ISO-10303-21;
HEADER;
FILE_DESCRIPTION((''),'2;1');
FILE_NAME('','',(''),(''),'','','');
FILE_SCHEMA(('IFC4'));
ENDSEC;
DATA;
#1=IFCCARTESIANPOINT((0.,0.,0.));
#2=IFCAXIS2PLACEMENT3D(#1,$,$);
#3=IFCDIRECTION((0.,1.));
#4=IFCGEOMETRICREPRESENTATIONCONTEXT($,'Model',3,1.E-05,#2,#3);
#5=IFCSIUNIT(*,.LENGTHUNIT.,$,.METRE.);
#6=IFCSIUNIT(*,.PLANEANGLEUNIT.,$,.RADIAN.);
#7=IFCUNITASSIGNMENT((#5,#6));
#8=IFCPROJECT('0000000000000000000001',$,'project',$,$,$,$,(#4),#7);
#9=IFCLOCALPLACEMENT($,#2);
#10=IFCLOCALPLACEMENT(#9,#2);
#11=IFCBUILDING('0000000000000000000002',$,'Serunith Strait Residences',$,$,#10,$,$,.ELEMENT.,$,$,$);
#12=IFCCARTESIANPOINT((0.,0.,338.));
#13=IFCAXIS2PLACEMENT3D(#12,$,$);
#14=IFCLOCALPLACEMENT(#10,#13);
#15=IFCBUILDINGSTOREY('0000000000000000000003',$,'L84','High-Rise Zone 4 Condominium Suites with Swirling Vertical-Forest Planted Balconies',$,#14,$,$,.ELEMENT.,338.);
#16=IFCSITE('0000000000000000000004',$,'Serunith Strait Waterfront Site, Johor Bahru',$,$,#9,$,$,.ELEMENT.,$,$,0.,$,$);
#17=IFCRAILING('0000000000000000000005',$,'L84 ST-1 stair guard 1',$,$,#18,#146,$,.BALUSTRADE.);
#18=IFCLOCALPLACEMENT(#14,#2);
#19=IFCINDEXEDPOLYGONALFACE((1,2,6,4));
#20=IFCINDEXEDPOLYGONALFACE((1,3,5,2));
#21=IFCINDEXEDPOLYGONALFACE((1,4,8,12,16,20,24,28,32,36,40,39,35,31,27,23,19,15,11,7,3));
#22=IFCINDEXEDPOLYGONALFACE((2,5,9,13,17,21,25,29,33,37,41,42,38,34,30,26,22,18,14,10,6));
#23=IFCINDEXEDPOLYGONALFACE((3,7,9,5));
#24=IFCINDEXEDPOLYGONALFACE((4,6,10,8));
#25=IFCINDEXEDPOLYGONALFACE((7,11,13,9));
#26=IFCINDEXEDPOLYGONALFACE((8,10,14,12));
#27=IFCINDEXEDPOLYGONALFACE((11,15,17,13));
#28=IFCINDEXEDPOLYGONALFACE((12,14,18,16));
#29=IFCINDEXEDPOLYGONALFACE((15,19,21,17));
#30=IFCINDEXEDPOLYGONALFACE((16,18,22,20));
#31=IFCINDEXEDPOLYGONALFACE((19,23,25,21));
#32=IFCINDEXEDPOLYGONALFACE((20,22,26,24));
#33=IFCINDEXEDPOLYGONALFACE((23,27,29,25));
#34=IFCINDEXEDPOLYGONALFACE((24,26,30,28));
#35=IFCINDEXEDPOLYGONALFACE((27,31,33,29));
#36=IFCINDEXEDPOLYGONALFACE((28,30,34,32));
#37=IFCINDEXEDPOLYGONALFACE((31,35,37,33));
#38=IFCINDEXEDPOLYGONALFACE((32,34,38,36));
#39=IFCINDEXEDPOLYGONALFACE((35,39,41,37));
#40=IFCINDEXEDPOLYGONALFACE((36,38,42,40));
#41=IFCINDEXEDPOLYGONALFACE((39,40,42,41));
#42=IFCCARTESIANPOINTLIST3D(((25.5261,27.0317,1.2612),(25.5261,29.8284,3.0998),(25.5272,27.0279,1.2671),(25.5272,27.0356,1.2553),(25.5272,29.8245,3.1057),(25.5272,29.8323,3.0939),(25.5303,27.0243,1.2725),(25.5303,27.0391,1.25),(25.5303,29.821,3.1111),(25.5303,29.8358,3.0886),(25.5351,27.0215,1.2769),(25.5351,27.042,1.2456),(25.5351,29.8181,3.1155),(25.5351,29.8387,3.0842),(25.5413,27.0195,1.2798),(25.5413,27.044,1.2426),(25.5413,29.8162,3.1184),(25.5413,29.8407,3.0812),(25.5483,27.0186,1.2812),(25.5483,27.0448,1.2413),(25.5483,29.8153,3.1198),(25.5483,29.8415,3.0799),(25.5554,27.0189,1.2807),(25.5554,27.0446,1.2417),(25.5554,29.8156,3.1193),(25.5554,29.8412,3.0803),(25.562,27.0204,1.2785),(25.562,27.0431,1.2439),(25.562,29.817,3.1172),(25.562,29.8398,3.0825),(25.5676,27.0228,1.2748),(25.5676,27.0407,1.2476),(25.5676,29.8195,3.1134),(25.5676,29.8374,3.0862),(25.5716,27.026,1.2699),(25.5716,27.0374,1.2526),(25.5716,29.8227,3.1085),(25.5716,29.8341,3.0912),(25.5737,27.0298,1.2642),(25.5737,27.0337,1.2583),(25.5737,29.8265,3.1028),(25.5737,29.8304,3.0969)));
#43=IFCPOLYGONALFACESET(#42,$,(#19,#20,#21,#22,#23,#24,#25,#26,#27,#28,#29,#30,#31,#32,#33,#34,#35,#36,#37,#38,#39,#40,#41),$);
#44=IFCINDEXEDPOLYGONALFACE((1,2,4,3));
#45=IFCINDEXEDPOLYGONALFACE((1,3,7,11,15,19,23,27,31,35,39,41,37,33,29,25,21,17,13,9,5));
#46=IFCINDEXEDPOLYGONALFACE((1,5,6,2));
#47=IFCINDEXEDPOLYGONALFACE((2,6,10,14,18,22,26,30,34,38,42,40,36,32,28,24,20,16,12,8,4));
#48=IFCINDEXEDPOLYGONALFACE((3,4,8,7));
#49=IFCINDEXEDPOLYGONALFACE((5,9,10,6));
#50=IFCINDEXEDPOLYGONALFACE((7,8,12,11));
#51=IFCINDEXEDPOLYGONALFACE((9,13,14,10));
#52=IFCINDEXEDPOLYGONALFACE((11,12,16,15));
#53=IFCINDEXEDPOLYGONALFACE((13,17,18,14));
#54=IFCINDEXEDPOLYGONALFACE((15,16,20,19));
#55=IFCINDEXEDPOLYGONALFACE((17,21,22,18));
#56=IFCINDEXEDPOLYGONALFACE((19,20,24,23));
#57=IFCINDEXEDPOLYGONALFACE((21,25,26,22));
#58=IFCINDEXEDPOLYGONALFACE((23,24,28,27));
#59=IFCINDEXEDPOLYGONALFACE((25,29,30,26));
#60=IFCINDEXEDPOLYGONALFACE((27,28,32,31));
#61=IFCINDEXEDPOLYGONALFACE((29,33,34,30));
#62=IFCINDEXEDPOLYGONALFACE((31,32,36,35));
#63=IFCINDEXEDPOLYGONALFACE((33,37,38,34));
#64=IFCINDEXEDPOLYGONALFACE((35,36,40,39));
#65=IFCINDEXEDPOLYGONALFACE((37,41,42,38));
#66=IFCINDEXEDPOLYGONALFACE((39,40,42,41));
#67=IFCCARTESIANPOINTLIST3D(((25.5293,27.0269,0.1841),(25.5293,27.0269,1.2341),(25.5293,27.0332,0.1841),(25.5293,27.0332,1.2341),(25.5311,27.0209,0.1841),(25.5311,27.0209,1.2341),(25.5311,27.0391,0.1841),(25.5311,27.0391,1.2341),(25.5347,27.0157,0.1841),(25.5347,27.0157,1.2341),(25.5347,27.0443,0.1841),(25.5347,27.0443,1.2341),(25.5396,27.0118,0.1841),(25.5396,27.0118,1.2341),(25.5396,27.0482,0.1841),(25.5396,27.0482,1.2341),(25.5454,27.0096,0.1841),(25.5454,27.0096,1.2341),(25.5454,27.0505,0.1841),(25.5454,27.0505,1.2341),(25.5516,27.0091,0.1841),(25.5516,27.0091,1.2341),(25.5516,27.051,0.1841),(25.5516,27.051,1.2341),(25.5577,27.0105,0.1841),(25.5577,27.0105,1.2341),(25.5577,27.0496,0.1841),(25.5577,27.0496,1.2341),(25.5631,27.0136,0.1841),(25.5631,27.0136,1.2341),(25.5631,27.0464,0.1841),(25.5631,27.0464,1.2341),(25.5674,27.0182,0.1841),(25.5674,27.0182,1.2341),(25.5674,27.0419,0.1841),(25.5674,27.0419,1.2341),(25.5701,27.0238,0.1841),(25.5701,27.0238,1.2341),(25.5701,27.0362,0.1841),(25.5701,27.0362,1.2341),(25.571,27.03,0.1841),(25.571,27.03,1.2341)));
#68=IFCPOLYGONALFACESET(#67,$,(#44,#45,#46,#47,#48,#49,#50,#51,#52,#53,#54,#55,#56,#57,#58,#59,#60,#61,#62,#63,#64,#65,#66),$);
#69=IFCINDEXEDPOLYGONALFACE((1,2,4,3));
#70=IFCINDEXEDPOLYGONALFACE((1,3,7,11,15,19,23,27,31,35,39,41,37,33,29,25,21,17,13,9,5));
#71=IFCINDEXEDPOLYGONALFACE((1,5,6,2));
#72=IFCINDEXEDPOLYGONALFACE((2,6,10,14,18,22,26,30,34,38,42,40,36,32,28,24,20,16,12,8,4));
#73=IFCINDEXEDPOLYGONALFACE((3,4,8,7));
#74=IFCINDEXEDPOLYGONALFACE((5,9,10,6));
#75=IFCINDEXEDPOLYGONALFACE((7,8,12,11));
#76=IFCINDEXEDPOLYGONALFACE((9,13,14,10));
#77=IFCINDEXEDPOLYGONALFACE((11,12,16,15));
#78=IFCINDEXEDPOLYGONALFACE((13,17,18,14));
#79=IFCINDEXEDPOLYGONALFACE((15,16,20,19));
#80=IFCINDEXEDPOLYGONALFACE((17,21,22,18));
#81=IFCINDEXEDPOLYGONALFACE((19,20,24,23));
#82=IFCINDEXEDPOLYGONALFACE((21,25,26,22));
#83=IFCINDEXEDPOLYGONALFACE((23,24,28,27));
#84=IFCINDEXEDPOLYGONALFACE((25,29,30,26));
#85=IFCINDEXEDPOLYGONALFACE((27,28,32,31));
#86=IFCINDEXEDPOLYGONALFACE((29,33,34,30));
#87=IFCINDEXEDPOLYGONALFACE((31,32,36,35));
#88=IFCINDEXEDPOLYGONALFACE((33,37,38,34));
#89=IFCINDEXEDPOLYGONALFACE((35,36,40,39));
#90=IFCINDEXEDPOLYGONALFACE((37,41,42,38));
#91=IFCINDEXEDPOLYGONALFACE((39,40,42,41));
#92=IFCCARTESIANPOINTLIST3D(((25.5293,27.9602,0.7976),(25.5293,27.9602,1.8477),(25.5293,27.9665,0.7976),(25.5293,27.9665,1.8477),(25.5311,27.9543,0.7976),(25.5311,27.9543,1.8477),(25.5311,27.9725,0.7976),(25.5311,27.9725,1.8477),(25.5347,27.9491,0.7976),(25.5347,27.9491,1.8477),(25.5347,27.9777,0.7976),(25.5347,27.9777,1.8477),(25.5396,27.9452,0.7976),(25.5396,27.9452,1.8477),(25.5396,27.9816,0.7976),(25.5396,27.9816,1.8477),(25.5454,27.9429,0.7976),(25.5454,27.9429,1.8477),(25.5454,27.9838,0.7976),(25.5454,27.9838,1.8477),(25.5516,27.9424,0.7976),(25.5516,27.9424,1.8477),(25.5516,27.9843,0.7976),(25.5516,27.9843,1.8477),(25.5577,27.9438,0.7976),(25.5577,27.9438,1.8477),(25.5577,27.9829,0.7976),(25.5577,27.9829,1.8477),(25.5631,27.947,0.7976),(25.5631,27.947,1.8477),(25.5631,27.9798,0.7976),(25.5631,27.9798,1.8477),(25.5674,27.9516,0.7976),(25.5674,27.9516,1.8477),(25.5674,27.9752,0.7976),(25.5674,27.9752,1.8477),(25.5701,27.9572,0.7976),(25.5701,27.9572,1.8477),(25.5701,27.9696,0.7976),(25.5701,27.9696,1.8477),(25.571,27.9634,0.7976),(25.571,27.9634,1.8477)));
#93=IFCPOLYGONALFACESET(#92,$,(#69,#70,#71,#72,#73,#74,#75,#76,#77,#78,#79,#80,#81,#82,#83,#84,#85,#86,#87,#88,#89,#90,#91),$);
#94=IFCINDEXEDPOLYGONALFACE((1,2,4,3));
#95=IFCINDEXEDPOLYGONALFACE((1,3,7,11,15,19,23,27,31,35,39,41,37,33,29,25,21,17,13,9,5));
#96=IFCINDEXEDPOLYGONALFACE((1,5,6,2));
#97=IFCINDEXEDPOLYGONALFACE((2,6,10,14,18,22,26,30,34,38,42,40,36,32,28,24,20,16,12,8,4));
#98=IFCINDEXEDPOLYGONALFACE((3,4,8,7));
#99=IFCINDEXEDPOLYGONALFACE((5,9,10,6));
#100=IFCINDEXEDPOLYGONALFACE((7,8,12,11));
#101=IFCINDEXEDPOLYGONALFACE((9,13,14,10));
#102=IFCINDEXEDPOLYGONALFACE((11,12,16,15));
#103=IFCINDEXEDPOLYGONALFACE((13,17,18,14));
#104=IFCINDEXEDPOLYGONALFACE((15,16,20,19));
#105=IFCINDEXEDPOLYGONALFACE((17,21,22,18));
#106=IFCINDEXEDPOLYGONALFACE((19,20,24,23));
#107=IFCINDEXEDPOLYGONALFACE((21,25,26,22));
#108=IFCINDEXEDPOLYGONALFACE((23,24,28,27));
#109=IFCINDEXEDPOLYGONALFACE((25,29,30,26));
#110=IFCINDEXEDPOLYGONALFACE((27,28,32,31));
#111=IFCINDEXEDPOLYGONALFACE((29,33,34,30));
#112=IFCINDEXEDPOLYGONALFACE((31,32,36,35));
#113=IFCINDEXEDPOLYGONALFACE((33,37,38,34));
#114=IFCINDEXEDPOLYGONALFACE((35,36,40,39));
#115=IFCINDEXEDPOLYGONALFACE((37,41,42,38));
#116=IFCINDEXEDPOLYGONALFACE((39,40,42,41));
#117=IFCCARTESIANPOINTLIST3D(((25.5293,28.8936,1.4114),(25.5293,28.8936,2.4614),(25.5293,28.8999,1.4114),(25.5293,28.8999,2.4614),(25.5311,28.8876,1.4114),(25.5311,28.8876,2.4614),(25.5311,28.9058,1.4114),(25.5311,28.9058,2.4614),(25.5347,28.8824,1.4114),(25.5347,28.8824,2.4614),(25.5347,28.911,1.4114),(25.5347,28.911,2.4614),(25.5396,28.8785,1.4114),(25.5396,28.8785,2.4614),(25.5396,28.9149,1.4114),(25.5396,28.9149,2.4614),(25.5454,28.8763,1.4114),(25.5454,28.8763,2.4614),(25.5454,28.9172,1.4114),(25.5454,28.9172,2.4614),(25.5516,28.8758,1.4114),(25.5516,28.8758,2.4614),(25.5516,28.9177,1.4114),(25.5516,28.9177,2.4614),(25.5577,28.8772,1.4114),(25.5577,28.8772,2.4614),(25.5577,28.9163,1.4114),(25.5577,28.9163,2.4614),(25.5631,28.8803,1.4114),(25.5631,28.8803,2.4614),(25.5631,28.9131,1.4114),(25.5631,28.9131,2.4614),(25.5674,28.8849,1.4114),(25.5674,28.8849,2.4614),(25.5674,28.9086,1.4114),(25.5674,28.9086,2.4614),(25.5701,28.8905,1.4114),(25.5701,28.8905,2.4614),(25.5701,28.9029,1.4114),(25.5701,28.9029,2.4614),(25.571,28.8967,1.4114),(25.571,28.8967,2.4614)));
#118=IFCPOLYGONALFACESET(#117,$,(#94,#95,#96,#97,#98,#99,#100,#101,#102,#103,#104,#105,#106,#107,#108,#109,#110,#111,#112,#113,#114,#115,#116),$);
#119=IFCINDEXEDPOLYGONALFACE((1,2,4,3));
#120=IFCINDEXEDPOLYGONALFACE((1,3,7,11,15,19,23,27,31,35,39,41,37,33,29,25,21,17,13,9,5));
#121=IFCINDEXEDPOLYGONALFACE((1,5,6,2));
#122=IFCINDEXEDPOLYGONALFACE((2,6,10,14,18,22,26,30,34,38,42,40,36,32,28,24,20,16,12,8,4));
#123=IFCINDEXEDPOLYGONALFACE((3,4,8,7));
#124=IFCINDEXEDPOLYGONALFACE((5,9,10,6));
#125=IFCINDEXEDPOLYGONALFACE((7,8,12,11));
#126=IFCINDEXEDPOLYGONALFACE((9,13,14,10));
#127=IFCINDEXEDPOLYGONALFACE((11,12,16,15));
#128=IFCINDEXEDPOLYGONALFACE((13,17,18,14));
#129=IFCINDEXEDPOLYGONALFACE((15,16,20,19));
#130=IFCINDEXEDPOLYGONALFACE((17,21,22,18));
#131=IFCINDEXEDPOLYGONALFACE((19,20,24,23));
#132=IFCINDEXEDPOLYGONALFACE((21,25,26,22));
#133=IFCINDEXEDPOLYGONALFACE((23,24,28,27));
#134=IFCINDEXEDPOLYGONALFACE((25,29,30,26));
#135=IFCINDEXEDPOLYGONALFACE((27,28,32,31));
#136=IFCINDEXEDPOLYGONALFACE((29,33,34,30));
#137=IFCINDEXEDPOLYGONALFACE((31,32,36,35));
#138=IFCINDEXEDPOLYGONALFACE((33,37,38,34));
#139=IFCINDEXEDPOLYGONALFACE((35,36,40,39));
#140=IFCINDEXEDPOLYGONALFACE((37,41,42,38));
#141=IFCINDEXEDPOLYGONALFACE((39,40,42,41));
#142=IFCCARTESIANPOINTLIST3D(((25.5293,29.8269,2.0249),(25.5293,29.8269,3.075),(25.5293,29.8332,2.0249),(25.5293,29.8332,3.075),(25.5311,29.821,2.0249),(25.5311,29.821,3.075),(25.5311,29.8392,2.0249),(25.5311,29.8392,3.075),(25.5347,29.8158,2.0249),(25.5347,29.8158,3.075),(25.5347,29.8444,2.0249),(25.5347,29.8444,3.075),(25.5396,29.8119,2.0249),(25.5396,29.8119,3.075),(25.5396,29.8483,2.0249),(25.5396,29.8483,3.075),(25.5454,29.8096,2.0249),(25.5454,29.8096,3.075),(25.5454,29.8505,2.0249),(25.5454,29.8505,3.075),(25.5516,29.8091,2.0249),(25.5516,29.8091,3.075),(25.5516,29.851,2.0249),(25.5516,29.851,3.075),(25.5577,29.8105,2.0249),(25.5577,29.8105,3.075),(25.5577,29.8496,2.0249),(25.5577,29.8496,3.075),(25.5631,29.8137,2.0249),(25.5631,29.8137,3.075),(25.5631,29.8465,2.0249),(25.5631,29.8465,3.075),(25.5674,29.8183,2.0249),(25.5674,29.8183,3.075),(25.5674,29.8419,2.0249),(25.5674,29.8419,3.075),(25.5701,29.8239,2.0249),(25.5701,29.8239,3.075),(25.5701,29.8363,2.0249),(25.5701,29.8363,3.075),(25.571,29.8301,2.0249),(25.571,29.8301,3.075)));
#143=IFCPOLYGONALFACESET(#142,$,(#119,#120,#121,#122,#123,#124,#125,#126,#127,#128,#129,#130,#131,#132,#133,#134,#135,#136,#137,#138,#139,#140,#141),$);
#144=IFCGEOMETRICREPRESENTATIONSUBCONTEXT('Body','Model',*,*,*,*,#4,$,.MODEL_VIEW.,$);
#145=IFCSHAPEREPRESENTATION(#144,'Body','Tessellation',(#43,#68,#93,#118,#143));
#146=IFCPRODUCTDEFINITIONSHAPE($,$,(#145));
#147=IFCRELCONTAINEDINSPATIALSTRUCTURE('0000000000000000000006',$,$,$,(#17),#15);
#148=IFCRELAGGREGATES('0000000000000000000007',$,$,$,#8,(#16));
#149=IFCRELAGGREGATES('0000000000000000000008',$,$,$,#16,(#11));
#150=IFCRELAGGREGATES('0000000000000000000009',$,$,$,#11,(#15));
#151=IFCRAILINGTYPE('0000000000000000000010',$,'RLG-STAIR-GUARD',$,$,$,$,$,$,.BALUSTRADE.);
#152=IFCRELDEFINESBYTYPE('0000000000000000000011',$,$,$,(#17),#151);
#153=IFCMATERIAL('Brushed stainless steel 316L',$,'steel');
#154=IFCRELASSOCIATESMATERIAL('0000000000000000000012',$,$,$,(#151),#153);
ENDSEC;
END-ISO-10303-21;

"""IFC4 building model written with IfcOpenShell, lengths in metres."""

from ifc_helpers import new_model, si_unit, direction, frame, origin, origin_2d, place, context, subcontext, project, spatial, circle, extrude, material, type_object, element, save


model = new_model("IFC4")

# Units and contexts
model_context = context("Model", 3, precision=1e-05, world=origin(), true_north=direction((0.0, 1.0)))
body_context = subcontext(model_context, "Body", "Model", "MODEL_VIEW")
ifc_project = project(units=[si_unit("LENGTHUNIT", "METRE"), si_unit("PLANEANGLEUNIT", "RADIAN")], contexts=[model_context])

# Site, building, storey
site_placement = place(None, origin())
site = spatial("IfcSite", under=ifc_project, at=site_placement, Name="Serunith Strait Waterfront Site, Johor Bahru", CompositionType="ELEMENT", RefElevation=0.0)
building_placement = place(site_placement, origin())
building = spatial("IfcBuilding", under=site, at=building_placement, Name="Serunith Strait Residences", CompositionType="ELEMENT")
storey_placement = place(building_placement, frame((0.0, 0.0, 338.0)))
storey = spatial("IfcBuildingStorey", under=building, at=storey_placement, Name="L84", Description="High-Rise Zone 4 Condominium Suites with Swirling Vertical-Forest Planted Balconies", CompositionType="ELEMENT", Elevation=338.0)

# Railing
ifc_material_1 = material(Name="Brushed stainless steel 316L", Category="steel")
railing_type_1 = type_object("IfcRailingType", Name="RLG-STAIR-GUARD", PredefinedType="BALUSTRADE", material=ifc_material_1)
railing_1_placement = place(storey_placement, frame((25.55, 27.03, 0.1841)))
element("IfcRailing", 1, at=railing_1_placement, inside=storey, type_object=railing_type_1, Name="L84 ST-1 stair guard 1", PredefinedType="BALUSTRADE", context=body_context, shape_type="SweptSolid", body=[
    extrude(circle(Radius=0.0239, at=origin_2d()), frame((0.0, 0.0017, 1.0771), z_axis=(0.0, 0.835598, 0.549342), x_axis=(-1.0, 0.0, 0.0)), (0.0, 0.0, 1.0), 3.3469),
    extrude(circle(Radius=0.021, at=origin_2d()), origin(), (0.0, 0.0, 1.0), 1.05),
    extrude(circle(Radius=0.021, at=origin_2d()), frame((0.0, 0.9333, 0.6135)), (0.0, 0.0, 1.0), 1.05),
    extrude(circle(Radius=0.021, at=origin_2d()), frame((0.0, 1.8667, 1.2273)), (0.0, 0.0, 1.0), 1.05),
    extrude(circle(Radius=0.021, at=origin_2d()), frame((0.0, 2.8, 1.8408)), (0.0, 0.0, 1.0), 1.05),
])

save(model, "model.ifc")
